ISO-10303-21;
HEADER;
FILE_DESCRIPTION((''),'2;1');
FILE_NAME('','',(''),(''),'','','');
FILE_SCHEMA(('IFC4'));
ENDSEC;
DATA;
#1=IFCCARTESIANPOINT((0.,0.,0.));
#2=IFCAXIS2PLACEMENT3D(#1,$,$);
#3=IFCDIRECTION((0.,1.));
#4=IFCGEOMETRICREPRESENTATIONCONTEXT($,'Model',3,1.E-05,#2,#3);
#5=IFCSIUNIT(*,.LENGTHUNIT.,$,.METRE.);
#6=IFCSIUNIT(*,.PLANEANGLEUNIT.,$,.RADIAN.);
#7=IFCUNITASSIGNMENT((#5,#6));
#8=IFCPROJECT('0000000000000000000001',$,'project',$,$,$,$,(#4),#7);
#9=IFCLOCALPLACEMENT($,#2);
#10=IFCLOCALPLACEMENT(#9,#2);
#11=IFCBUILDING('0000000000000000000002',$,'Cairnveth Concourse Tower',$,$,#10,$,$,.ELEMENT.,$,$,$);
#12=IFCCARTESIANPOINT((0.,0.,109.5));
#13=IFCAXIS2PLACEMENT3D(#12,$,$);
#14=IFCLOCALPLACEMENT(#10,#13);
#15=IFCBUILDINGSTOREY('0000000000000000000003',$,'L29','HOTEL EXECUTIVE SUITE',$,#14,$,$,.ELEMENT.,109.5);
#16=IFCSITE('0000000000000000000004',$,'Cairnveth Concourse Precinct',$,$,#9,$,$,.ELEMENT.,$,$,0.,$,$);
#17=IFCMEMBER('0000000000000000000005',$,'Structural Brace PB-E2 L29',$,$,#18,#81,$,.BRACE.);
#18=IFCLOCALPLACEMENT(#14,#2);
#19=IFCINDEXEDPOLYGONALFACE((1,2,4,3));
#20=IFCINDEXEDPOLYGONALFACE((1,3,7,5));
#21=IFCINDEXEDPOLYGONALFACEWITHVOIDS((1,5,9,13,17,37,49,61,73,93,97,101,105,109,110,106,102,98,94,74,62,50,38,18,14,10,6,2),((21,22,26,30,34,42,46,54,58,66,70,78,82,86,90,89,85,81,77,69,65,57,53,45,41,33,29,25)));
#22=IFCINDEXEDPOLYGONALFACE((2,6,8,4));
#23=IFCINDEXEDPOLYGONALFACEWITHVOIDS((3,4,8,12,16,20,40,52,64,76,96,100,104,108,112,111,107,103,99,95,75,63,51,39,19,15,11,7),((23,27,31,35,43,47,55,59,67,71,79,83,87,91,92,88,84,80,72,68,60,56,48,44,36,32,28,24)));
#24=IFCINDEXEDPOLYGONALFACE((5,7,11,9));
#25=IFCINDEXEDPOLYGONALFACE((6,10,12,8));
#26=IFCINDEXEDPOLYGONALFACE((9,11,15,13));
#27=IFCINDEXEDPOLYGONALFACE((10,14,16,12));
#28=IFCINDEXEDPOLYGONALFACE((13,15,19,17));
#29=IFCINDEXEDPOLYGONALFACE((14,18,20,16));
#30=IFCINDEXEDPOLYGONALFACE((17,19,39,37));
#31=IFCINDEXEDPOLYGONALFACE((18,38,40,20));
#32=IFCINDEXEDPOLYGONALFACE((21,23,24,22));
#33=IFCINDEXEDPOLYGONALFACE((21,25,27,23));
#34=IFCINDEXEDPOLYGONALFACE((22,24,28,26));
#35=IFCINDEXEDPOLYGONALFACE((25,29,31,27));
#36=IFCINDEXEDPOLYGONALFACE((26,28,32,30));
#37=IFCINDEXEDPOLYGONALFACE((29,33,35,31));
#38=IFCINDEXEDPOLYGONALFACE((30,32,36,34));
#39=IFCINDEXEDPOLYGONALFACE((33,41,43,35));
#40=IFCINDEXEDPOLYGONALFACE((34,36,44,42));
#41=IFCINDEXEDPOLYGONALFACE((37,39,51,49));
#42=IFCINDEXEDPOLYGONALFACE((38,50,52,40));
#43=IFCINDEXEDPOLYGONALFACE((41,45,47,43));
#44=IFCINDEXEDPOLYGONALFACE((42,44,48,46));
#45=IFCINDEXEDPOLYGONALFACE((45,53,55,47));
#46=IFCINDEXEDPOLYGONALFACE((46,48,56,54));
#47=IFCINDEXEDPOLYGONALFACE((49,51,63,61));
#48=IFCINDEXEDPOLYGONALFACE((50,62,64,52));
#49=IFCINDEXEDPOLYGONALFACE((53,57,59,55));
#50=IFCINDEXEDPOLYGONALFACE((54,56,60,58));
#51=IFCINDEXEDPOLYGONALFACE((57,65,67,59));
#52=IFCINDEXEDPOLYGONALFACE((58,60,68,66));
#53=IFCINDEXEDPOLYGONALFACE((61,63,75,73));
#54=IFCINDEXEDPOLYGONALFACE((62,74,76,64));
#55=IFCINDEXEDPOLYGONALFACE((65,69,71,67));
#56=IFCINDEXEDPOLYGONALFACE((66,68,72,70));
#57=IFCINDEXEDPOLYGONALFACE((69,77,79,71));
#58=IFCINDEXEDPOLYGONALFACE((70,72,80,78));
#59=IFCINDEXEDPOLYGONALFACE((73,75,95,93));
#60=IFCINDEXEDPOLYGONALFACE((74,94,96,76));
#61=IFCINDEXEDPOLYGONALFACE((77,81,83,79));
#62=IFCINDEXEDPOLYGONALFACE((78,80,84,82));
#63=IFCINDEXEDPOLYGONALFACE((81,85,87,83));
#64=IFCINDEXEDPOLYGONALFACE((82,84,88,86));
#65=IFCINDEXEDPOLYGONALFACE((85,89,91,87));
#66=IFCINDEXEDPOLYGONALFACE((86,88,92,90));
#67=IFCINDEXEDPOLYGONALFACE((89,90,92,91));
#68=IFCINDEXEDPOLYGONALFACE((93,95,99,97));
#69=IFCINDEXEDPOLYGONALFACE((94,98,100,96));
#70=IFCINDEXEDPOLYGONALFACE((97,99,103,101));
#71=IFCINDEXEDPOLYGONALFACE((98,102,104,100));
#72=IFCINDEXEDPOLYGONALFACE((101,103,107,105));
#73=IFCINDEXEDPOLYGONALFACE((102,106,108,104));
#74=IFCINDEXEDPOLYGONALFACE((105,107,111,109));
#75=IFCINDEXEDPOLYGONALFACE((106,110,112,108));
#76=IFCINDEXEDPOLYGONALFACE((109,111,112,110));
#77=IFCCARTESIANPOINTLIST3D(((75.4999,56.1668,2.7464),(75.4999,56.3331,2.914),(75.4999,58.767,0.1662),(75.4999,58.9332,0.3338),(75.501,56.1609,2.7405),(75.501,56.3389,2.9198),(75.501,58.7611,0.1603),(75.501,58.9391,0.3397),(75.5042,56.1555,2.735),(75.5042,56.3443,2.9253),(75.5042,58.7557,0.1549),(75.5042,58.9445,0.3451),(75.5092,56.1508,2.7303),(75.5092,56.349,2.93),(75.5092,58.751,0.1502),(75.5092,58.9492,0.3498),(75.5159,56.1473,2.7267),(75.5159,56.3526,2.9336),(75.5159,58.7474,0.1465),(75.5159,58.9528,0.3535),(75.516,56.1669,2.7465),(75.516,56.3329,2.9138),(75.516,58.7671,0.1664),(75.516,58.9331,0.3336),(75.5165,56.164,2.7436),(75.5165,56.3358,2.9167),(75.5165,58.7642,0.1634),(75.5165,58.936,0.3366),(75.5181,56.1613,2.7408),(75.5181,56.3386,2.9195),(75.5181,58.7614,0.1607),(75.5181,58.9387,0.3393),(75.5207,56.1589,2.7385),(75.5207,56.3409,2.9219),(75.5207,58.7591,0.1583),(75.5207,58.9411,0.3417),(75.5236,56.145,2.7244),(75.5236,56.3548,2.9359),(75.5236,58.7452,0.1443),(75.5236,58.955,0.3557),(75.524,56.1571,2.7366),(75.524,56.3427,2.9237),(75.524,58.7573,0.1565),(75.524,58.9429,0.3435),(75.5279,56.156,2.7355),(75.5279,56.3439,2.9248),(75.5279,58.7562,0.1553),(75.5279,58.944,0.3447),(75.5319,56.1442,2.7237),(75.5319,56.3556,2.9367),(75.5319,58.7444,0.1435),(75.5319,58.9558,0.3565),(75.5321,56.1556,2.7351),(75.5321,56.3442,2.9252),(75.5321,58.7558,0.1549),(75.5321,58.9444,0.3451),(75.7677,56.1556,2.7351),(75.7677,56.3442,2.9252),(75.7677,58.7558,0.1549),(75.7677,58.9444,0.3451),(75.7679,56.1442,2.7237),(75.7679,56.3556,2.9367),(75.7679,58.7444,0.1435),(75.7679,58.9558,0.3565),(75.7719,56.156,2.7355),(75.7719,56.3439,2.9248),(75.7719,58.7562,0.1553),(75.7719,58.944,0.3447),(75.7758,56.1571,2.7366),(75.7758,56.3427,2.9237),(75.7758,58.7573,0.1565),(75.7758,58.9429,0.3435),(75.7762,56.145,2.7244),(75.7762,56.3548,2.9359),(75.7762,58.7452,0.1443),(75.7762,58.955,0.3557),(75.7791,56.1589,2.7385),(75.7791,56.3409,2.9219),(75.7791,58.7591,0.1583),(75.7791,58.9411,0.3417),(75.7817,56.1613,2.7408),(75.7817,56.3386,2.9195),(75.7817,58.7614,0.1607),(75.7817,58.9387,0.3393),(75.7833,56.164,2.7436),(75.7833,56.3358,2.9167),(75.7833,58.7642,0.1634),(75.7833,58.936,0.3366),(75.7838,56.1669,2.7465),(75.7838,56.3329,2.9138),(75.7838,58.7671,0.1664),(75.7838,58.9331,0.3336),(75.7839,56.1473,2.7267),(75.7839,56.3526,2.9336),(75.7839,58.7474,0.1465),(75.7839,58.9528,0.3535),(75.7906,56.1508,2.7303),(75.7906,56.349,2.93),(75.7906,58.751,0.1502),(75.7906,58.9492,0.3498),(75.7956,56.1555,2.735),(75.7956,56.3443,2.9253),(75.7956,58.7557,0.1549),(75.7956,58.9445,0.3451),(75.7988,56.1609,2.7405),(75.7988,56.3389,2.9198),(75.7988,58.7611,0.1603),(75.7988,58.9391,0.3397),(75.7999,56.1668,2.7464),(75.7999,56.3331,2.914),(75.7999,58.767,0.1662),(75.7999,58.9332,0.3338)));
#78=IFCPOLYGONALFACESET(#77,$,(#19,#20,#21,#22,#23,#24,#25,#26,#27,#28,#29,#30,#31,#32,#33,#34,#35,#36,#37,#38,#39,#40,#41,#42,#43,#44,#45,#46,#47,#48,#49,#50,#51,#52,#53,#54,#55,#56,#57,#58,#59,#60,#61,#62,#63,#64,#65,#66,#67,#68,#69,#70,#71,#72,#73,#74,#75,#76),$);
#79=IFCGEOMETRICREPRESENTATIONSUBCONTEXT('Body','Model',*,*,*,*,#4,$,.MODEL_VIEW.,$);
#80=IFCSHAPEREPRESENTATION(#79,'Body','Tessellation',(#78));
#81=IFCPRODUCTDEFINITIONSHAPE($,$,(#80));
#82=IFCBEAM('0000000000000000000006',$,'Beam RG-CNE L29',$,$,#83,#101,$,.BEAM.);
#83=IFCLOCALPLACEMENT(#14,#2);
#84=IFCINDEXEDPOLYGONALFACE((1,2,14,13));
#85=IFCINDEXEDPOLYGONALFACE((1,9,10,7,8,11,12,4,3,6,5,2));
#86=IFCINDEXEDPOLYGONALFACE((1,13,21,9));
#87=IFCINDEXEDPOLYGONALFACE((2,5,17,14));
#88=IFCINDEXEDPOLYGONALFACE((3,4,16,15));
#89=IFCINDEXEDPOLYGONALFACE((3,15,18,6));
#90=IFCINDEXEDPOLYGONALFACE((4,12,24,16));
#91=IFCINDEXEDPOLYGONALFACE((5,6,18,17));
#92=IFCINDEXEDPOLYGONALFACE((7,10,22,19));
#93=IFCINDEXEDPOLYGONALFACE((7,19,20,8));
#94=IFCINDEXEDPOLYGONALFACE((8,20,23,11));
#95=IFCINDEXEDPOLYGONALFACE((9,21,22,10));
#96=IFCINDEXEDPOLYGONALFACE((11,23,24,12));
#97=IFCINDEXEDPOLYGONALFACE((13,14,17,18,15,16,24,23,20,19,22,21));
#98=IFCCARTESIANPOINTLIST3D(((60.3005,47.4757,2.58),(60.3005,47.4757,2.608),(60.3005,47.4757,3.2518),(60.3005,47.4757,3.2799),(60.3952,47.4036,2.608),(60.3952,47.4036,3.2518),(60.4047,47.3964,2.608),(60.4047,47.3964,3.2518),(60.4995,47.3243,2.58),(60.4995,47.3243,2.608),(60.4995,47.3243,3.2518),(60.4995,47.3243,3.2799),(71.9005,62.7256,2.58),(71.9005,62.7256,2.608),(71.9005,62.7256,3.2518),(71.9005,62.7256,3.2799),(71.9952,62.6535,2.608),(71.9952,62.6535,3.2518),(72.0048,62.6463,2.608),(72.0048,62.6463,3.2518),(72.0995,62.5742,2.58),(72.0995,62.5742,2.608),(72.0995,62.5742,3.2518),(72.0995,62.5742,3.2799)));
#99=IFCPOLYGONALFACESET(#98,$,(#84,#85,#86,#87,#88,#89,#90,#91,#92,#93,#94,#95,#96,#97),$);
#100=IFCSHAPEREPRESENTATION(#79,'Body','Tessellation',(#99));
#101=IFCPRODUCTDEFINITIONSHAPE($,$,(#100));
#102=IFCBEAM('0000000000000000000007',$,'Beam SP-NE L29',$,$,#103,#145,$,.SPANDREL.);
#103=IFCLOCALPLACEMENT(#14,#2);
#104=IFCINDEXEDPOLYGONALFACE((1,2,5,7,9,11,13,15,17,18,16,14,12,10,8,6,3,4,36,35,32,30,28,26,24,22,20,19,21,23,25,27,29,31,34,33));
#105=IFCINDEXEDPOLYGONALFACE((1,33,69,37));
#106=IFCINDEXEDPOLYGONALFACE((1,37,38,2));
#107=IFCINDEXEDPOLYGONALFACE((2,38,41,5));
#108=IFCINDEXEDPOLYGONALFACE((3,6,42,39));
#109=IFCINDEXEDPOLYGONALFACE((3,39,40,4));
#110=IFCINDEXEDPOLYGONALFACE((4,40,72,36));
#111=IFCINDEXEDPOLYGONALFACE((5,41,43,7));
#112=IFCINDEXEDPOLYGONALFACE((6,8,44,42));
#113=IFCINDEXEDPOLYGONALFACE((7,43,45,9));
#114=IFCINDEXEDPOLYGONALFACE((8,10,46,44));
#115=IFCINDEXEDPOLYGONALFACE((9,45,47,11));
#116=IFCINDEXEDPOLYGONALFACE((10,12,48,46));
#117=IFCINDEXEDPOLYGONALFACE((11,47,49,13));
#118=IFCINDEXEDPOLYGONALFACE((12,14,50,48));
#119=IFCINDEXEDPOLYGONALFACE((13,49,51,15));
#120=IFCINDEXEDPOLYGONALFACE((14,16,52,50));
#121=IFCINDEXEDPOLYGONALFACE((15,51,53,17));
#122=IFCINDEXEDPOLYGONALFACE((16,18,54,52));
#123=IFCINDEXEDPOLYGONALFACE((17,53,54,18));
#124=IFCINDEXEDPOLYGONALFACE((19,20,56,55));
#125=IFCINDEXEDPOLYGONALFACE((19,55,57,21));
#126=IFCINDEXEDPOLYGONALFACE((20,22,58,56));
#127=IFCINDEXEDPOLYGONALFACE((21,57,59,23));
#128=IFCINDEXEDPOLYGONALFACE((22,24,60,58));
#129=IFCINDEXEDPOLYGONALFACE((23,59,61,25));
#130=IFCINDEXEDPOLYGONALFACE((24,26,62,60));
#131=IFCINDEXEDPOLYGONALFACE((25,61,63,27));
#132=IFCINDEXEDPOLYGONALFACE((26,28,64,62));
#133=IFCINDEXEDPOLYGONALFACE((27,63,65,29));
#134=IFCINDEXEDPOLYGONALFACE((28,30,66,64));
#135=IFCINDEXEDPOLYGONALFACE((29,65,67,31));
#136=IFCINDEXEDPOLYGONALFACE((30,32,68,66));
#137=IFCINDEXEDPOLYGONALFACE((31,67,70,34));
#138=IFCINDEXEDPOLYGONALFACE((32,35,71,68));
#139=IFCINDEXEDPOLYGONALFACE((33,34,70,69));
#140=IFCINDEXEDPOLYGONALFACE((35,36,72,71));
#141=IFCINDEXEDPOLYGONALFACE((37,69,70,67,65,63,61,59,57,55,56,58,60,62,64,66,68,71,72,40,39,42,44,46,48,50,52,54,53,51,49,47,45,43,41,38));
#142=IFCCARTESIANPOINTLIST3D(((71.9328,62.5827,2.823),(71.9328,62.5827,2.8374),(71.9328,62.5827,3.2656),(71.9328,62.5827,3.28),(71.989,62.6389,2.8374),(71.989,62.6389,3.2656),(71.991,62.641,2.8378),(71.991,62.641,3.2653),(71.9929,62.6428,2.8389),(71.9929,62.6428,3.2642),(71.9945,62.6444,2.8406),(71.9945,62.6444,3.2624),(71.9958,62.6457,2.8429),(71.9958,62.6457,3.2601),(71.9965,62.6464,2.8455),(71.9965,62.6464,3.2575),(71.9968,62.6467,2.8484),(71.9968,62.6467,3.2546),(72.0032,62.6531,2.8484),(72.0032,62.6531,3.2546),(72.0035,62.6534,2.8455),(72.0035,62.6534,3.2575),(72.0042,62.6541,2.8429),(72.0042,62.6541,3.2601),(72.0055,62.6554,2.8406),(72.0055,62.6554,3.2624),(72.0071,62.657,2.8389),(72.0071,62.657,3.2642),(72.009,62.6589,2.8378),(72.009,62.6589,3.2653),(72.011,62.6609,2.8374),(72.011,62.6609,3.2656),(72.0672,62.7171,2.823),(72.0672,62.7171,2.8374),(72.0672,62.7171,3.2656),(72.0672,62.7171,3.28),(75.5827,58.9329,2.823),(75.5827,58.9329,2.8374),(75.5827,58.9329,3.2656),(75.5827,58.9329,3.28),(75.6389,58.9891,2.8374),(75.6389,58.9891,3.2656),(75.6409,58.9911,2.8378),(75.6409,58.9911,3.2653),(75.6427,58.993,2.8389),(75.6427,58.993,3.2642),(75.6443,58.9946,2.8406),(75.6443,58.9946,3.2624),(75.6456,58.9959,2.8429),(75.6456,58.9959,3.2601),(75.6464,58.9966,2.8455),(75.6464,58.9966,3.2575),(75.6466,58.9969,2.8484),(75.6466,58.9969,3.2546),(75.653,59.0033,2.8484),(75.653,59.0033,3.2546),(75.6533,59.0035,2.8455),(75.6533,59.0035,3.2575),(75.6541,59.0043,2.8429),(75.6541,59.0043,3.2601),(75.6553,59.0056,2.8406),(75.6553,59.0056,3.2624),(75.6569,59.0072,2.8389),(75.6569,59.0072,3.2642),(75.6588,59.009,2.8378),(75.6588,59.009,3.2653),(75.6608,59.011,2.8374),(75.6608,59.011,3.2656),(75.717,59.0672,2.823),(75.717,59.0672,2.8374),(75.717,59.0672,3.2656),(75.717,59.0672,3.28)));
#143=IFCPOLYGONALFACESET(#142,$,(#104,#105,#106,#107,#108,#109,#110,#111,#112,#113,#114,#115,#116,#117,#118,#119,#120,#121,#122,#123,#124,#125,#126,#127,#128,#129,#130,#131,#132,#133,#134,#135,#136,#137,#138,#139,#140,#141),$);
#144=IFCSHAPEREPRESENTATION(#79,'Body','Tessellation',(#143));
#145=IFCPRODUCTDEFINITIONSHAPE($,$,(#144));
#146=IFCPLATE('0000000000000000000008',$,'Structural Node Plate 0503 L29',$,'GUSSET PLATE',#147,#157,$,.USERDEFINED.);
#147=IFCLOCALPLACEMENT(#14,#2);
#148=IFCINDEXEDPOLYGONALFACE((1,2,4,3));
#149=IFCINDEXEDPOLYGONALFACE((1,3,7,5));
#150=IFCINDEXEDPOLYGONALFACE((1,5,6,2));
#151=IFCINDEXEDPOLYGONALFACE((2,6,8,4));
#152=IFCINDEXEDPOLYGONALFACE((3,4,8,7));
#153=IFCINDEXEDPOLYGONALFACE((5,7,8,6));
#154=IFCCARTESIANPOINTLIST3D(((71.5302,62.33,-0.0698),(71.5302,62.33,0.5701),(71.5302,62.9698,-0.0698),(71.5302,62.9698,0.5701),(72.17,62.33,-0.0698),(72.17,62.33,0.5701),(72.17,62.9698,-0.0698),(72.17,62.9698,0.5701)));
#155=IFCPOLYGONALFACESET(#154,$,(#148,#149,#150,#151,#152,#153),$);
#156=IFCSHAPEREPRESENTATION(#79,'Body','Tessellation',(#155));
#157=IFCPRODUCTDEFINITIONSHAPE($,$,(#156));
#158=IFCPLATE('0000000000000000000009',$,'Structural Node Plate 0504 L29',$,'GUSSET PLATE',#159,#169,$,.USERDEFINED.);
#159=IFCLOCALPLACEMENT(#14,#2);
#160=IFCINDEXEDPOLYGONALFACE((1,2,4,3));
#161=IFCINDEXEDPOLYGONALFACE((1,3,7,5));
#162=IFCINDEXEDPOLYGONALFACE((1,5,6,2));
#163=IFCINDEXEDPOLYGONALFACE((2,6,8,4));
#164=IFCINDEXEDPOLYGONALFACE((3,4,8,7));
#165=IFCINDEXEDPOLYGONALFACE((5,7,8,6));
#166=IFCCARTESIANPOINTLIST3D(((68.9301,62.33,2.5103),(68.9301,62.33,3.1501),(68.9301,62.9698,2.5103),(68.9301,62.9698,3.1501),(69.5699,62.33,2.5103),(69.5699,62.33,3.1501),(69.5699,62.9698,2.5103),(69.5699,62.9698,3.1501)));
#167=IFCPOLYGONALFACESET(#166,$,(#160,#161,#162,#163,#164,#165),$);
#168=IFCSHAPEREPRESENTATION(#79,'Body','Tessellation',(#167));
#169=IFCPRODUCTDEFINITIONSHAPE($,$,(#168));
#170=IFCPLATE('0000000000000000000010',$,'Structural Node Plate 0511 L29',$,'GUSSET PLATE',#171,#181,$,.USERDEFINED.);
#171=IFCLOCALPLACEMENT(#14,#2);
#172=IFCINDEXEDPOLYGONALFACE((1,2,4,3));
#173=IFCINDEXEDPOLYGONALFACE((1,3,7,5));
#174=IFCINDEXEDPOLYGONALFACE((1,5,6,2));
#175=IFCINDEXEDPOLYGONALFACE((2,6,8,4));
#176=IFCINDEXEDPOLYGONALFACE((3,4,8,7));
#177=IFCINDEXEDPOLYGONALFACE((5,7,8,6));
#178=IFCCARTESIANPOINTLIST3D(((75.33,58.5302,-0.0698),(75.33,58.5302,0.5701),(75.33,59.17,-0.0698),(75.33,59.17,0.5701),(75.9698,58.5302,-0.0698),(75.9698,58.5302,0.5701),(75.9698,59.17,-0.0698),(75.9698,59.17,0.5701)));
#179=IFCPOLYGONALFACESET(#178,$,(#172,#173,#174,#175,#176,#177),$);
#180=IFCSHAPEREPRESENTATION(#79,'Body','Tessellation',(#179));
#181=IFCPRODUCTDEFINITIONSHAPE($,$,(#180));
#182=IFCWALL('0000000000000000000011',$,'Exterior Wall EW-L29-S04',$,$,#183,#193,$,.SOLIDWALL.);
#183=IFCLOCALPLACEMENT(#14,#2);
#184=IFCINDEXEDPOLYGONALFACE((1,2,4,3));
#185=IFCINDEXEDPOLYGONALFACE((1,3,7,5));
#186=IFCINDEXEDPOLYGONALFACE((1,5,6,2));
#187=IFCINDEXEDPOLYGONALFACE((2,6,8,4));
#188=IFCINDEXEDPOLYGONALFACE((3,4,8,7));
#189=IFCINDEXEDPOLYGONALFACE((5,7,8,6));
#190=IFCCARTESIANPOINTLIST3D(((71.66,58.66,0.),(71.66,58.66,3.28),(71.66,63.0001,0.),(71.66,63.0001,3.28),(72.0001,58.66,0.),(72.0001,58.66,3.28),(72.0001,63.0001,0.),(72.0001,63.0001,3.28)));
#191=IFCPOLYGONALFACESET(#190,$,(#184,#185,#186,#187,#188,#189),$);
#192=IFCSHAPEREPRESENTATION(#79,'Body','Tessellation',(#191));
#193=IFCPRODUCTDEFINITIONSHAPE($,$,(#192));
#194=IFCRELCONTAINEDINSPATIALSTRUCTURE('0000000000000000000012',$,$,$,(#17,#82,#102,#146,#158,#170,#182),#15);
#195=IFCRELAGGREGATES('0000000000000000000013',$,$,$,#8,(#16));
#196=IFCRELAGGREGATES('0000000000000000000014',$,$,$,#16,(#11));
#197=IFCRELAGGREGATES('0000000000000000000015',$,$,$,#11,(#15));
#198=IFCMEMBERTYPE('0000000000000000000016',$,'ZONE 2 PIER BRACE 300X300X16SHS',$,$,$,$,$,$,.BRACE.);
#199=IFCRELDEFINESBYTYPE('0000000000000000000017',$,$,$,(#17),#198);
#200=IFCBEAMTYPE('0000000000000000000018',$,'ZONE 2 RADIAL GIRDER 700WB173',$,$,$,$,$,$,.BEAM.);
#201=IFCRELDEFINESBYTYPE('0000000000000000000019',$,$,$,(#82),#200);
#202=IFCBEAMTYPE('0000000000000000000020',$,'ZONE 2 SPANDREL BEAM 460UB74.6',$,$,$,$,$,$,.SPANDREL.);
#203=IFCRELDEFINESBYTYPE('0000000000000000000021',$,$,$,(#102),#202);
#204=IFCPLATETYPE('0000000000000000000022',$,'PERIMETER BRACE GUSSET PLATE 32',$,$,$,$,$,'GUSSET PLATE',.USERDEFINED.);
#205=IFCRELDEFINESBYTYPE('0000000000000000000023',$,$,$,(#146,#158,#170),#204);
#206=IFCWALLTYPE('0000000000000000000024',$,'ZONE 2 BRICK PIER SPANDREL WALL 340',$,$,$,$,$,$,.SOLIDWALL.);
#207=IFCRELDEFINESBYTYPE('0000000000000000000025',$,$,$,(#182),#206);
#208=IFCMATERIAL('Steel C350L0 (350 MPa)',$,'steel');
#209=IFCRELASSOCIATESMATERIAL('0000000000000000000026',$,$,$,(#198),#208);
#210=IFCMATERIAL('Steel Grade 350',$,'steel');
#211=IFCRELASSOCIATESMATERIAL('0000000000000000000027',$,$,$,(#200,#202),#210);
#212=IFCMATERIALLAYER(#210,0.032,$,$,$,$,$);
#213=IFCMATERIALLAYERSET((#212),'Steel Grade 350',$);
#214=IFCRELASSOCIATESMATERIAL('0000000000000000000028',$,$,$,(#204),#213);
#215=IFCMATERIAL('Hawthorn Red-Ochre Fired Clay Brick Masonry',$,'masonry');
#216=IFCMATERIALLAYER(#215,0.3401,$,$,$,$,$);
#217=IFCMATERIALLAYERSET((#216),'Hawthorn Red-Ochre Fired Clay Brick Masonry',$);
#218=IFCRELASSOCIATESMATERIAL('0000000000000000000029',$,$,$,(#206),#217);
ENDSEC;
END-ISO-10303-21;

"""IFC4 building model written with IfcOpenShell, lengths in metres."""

from ifc_helpers import new_model, si_unit, direction, frame, frame_2d, origin, origin_2d, place, context, subcontext, project, spatial, rectangle, hollow_rectangle, i_section, extrude, material, layer, layer_set, material_profile, profile_set, type_object, element, save


model = new_model("IFC4")

# Units and contexts
model_context = context("Model", 3, precision=1e-05, world=origin(), true_north=direction((0.0, 1.0)))
body_context = subcontext(model_context, "Body", "Model", "MODEL_VIEW")
ifc_project = project(units=[si_unit("LENGTHUNIT", "METRE"), si_unit("PLANEANGLEUNIT", "RADIAN")], contexts=[model_context])

# Site, building, storey
site_placement = place(None, origin())
site = spatial("IfcSite", under=ifc_project, at=site_placement, Name="Cairnveth Concourse Precinct", CompositionType="ELEMENT", RefElevation=0.0)
building_placement = place(site_placement, origin())
building = spatial("IfcBuilding", under=site, at=building_placement, Name="Cairnveth Concourse Tower", CompositionType="ELEMENT")
storey_placement = place(building_placement, frame((0.0, 0.0, 109.5)))
storey = spatial("IfcBuildingStorey", under=building, at=storey_placement, Name="L29", Description="HOTEL EXECUTIVE SUITE", CompositionType="ELEMENT", Elevation=109.5)

# Shared definitions
ifc_material_1 = material(Name="Steel Grade 350", Category="steel")

# Member
ifc_material_2 = material(Name="Steel C350L0 (350 MPa)", Category="steel")
ifc_material_profile_1 = material_profile(ifc_material_2, hollow_rectangle(XDim=0.3, YDim=0.3, WallThickness=0.0161, InnerFilletRadius=0.0161, OuterFilletRadius=0.032, at=origin_2d()), Name="300x300x16.0SHS")
ifc_profile_set_1 = profile_set([ifc_material_profile_1], Name="Steel C350L0 (350 MPa)")
member_type = type_object("IfcMemberType", Name="ZONE 2 PIER BRACE 300X300X16SHS", PredefinedType="BRACE", material=ifc_profile_set_1)
for number, where, z_axis, x_axis, name in (
    (1, (75.6499, 58.8501, 0.25), (0.0, -0.709834, 0.704369), (1.0, 0.0, 0.0), "Structural Brace PB-E2 L29"),
):
    element("IfcMember", number, at=place(storey_placement, frame(where, z_axis=z_axis, x_axis=x_axis)), inside=storey, type_object=member_type, Name=name, PredefinedType="BRACE", context=body_context, shape_type="SweptSolid", body=[
        extrude(hollow_rectangle(XDim=0.3, YDim=0.3, WallThickness=0.0161, InnerFilletRadius=0.0161, OuterFilletRadius=0.032, at=origin_2d()), origin(), (0.0, 0.0, 1.0), 3.6631),
    ])

# Beams
ifc_material_profile_2 = material_profile(ifc_material_1, i_section(OverallWidth=0.25, OverallDepth=0.7, WebThickness=0.012, FlangeThickness=0.0281, at=origin_2d()), Name="700WB173")
ifc_profile_set_2 = profile_set([ifc_material_profile_2], Name="Steel Grade 350")
beam_type_1 = type_object("IfcBeamType", Name="ZONE 2 RADIAL GIRDER 700WB173", PredefinedType="BEAM", material=ifc_profile_set_2)
beam_1_placement = place(storey_placement, frame((72.0, 62.6499, 2.9299), z_axis=(-0.605417, -0.795908, 0.0), x_axis=(0.795908, -0.605417, 0.0)))
element("IfcBeam", 2, at=beam_1_placement, inside=storey, type_object=beam_type_1, Name="Beam RG-CNE L29", PredefinedType="BEAM", context=body_context, shape_type="SweptSolid", body=[
    extrude(i_section(OverallWidth=0.25, OverallDepth=0.7, WebThickness=0.012, FlangeThickness=0.0281, at=origin_2d()), origin(), (0.0, 0.0, 1.0), 19.1604),
])
ifc_material_profile_3 = material_profile(ifc_material_1, i_section(OverallWidth=0.1899, OverallDepth=0.457, WebThickness=0.009, FlangeThickness=0.0144, FilletRadius=0.011, at=origin_2d()), Name="460UB74.6")
ifc_profile_set_3 = profile_set([ifc_material_profile_3], Name="Steel Grade 350")
beam_type_2 = type_object("IfcBeamType", Name="ZONE 2 SPANDREL BEAM 460UB74.6", PredefinedType="SPANDREL", material=ifc_profile_set_3)
beam_2_placement = place(storey_placement, frame((72.0, 62.6499, 3.0515), z_axis=(0.707107, -0.707107, 0.0), x_axis=(0.707107, 0.707107, 0.0)))
element("IfcBeam", 3, at=beam_2_placement, inside=storey, type_object=beam_type_2, Name="Beam SP-NE L29", PredefinedType="SPANDREL", context=body_context, shape_type="SweptSolid", body=[
    extrude(i_section(OverallWidth=0.1899, OverallDepth=0.457, WebThickness=0.009, FlangeThickness=0.0144, FilletRadius=0.011, at=origin_2d()), origin(), (0.0, 0.0, 1.0), 5.1616),
])

# Plates
ifc_layer_1 = layer(ifc_material_1, 0.032)
ifc_layer_set_1 = layer_set([ifc_layer_1], Name="Steel Grade 350")
plate_type = type_object("IfcPlateType", Name="PERIMETER BRACE GUSSET PLATE 32", ElementType="GUSSET PLATE", PredefinedType="USERDEFINED", material=ifc_layer_set_1)
for number, where, z_axis, x_axis, name in (
    (4, (71.8501, 62.6499, -0.0698), (0.0, 0.0, 1.0), (1.0, 0.0, 0.0), "Structural Node Plate 0503 L29"),
    (5, (69.25, 62.6499, 2.5103), (0.0, 0.0, 1.0), (1.0, 0.0, 0.0), "Structural Node Plate 0504 L29"),
    (6, (75.6499, 58.8501, -0.0698), (0.0, 0.0, 1.0), (1.0, 0.0, 0.0), "Structural Node Plate 0511 L29"),
):
    element("IfcPlate", number, at=place(storey_placement, frame(where, z_axis=z_axis, x_axis=x_axis)), inside=storey, type_object=plate_type, Name=name, ObjectType="GUSSET PLATE", PredefinedType="USERDEFINED", context=body_context, shape_type="SweptSolid", body=[
        extrude(rectangle(XDim=0.6399, YDim=0.6399, at=origin_2d()), origin(), (0.0, 0.0, 1.0), 0.6399),
    ])

# Wall
ifc_material_3 = material(Name="Hawthorn Red-Ochre Fired Clay Brick Masonry", Category="masonry")
ifc_layer_2 = layer(ifc_material_3, 0.3401)
ifc_layer_set_2 = layer_set([ifc_layer_2], Name="Hawthorn Red-Ochre Fired Clay Brick Masonry")
wall_type = type_object("IfcWallType", Name="ZONE 2 BRICK PIER SPANDREL WALL 340", PredefinedType="SOLIDWALL", material=ifc_layer_set_2)
wall_1_placement = place(storey_placement, frame((71.8301, 63.0, 0.0), z_axis=(0.0, 0.0, 1.0), x_axis=(0.0, -1.0, 0.0)))
element("IfcWall", 7, at=wall_1_placement, inside=storey, type_object=wall_type, Name="Exterior Wall EW-L29-S04", PredefinedType="SOLIDWALL", context=body_context, shape_type="SweptSolid", body=[
    extrude(rectangle(XDim=4.3401, YDim=0.3401, at=frame_2d((2.1699, 0.0))), origin(), (0.0, 0.0, 1.0), 3.28),
])

save(model, "model.ifc")
